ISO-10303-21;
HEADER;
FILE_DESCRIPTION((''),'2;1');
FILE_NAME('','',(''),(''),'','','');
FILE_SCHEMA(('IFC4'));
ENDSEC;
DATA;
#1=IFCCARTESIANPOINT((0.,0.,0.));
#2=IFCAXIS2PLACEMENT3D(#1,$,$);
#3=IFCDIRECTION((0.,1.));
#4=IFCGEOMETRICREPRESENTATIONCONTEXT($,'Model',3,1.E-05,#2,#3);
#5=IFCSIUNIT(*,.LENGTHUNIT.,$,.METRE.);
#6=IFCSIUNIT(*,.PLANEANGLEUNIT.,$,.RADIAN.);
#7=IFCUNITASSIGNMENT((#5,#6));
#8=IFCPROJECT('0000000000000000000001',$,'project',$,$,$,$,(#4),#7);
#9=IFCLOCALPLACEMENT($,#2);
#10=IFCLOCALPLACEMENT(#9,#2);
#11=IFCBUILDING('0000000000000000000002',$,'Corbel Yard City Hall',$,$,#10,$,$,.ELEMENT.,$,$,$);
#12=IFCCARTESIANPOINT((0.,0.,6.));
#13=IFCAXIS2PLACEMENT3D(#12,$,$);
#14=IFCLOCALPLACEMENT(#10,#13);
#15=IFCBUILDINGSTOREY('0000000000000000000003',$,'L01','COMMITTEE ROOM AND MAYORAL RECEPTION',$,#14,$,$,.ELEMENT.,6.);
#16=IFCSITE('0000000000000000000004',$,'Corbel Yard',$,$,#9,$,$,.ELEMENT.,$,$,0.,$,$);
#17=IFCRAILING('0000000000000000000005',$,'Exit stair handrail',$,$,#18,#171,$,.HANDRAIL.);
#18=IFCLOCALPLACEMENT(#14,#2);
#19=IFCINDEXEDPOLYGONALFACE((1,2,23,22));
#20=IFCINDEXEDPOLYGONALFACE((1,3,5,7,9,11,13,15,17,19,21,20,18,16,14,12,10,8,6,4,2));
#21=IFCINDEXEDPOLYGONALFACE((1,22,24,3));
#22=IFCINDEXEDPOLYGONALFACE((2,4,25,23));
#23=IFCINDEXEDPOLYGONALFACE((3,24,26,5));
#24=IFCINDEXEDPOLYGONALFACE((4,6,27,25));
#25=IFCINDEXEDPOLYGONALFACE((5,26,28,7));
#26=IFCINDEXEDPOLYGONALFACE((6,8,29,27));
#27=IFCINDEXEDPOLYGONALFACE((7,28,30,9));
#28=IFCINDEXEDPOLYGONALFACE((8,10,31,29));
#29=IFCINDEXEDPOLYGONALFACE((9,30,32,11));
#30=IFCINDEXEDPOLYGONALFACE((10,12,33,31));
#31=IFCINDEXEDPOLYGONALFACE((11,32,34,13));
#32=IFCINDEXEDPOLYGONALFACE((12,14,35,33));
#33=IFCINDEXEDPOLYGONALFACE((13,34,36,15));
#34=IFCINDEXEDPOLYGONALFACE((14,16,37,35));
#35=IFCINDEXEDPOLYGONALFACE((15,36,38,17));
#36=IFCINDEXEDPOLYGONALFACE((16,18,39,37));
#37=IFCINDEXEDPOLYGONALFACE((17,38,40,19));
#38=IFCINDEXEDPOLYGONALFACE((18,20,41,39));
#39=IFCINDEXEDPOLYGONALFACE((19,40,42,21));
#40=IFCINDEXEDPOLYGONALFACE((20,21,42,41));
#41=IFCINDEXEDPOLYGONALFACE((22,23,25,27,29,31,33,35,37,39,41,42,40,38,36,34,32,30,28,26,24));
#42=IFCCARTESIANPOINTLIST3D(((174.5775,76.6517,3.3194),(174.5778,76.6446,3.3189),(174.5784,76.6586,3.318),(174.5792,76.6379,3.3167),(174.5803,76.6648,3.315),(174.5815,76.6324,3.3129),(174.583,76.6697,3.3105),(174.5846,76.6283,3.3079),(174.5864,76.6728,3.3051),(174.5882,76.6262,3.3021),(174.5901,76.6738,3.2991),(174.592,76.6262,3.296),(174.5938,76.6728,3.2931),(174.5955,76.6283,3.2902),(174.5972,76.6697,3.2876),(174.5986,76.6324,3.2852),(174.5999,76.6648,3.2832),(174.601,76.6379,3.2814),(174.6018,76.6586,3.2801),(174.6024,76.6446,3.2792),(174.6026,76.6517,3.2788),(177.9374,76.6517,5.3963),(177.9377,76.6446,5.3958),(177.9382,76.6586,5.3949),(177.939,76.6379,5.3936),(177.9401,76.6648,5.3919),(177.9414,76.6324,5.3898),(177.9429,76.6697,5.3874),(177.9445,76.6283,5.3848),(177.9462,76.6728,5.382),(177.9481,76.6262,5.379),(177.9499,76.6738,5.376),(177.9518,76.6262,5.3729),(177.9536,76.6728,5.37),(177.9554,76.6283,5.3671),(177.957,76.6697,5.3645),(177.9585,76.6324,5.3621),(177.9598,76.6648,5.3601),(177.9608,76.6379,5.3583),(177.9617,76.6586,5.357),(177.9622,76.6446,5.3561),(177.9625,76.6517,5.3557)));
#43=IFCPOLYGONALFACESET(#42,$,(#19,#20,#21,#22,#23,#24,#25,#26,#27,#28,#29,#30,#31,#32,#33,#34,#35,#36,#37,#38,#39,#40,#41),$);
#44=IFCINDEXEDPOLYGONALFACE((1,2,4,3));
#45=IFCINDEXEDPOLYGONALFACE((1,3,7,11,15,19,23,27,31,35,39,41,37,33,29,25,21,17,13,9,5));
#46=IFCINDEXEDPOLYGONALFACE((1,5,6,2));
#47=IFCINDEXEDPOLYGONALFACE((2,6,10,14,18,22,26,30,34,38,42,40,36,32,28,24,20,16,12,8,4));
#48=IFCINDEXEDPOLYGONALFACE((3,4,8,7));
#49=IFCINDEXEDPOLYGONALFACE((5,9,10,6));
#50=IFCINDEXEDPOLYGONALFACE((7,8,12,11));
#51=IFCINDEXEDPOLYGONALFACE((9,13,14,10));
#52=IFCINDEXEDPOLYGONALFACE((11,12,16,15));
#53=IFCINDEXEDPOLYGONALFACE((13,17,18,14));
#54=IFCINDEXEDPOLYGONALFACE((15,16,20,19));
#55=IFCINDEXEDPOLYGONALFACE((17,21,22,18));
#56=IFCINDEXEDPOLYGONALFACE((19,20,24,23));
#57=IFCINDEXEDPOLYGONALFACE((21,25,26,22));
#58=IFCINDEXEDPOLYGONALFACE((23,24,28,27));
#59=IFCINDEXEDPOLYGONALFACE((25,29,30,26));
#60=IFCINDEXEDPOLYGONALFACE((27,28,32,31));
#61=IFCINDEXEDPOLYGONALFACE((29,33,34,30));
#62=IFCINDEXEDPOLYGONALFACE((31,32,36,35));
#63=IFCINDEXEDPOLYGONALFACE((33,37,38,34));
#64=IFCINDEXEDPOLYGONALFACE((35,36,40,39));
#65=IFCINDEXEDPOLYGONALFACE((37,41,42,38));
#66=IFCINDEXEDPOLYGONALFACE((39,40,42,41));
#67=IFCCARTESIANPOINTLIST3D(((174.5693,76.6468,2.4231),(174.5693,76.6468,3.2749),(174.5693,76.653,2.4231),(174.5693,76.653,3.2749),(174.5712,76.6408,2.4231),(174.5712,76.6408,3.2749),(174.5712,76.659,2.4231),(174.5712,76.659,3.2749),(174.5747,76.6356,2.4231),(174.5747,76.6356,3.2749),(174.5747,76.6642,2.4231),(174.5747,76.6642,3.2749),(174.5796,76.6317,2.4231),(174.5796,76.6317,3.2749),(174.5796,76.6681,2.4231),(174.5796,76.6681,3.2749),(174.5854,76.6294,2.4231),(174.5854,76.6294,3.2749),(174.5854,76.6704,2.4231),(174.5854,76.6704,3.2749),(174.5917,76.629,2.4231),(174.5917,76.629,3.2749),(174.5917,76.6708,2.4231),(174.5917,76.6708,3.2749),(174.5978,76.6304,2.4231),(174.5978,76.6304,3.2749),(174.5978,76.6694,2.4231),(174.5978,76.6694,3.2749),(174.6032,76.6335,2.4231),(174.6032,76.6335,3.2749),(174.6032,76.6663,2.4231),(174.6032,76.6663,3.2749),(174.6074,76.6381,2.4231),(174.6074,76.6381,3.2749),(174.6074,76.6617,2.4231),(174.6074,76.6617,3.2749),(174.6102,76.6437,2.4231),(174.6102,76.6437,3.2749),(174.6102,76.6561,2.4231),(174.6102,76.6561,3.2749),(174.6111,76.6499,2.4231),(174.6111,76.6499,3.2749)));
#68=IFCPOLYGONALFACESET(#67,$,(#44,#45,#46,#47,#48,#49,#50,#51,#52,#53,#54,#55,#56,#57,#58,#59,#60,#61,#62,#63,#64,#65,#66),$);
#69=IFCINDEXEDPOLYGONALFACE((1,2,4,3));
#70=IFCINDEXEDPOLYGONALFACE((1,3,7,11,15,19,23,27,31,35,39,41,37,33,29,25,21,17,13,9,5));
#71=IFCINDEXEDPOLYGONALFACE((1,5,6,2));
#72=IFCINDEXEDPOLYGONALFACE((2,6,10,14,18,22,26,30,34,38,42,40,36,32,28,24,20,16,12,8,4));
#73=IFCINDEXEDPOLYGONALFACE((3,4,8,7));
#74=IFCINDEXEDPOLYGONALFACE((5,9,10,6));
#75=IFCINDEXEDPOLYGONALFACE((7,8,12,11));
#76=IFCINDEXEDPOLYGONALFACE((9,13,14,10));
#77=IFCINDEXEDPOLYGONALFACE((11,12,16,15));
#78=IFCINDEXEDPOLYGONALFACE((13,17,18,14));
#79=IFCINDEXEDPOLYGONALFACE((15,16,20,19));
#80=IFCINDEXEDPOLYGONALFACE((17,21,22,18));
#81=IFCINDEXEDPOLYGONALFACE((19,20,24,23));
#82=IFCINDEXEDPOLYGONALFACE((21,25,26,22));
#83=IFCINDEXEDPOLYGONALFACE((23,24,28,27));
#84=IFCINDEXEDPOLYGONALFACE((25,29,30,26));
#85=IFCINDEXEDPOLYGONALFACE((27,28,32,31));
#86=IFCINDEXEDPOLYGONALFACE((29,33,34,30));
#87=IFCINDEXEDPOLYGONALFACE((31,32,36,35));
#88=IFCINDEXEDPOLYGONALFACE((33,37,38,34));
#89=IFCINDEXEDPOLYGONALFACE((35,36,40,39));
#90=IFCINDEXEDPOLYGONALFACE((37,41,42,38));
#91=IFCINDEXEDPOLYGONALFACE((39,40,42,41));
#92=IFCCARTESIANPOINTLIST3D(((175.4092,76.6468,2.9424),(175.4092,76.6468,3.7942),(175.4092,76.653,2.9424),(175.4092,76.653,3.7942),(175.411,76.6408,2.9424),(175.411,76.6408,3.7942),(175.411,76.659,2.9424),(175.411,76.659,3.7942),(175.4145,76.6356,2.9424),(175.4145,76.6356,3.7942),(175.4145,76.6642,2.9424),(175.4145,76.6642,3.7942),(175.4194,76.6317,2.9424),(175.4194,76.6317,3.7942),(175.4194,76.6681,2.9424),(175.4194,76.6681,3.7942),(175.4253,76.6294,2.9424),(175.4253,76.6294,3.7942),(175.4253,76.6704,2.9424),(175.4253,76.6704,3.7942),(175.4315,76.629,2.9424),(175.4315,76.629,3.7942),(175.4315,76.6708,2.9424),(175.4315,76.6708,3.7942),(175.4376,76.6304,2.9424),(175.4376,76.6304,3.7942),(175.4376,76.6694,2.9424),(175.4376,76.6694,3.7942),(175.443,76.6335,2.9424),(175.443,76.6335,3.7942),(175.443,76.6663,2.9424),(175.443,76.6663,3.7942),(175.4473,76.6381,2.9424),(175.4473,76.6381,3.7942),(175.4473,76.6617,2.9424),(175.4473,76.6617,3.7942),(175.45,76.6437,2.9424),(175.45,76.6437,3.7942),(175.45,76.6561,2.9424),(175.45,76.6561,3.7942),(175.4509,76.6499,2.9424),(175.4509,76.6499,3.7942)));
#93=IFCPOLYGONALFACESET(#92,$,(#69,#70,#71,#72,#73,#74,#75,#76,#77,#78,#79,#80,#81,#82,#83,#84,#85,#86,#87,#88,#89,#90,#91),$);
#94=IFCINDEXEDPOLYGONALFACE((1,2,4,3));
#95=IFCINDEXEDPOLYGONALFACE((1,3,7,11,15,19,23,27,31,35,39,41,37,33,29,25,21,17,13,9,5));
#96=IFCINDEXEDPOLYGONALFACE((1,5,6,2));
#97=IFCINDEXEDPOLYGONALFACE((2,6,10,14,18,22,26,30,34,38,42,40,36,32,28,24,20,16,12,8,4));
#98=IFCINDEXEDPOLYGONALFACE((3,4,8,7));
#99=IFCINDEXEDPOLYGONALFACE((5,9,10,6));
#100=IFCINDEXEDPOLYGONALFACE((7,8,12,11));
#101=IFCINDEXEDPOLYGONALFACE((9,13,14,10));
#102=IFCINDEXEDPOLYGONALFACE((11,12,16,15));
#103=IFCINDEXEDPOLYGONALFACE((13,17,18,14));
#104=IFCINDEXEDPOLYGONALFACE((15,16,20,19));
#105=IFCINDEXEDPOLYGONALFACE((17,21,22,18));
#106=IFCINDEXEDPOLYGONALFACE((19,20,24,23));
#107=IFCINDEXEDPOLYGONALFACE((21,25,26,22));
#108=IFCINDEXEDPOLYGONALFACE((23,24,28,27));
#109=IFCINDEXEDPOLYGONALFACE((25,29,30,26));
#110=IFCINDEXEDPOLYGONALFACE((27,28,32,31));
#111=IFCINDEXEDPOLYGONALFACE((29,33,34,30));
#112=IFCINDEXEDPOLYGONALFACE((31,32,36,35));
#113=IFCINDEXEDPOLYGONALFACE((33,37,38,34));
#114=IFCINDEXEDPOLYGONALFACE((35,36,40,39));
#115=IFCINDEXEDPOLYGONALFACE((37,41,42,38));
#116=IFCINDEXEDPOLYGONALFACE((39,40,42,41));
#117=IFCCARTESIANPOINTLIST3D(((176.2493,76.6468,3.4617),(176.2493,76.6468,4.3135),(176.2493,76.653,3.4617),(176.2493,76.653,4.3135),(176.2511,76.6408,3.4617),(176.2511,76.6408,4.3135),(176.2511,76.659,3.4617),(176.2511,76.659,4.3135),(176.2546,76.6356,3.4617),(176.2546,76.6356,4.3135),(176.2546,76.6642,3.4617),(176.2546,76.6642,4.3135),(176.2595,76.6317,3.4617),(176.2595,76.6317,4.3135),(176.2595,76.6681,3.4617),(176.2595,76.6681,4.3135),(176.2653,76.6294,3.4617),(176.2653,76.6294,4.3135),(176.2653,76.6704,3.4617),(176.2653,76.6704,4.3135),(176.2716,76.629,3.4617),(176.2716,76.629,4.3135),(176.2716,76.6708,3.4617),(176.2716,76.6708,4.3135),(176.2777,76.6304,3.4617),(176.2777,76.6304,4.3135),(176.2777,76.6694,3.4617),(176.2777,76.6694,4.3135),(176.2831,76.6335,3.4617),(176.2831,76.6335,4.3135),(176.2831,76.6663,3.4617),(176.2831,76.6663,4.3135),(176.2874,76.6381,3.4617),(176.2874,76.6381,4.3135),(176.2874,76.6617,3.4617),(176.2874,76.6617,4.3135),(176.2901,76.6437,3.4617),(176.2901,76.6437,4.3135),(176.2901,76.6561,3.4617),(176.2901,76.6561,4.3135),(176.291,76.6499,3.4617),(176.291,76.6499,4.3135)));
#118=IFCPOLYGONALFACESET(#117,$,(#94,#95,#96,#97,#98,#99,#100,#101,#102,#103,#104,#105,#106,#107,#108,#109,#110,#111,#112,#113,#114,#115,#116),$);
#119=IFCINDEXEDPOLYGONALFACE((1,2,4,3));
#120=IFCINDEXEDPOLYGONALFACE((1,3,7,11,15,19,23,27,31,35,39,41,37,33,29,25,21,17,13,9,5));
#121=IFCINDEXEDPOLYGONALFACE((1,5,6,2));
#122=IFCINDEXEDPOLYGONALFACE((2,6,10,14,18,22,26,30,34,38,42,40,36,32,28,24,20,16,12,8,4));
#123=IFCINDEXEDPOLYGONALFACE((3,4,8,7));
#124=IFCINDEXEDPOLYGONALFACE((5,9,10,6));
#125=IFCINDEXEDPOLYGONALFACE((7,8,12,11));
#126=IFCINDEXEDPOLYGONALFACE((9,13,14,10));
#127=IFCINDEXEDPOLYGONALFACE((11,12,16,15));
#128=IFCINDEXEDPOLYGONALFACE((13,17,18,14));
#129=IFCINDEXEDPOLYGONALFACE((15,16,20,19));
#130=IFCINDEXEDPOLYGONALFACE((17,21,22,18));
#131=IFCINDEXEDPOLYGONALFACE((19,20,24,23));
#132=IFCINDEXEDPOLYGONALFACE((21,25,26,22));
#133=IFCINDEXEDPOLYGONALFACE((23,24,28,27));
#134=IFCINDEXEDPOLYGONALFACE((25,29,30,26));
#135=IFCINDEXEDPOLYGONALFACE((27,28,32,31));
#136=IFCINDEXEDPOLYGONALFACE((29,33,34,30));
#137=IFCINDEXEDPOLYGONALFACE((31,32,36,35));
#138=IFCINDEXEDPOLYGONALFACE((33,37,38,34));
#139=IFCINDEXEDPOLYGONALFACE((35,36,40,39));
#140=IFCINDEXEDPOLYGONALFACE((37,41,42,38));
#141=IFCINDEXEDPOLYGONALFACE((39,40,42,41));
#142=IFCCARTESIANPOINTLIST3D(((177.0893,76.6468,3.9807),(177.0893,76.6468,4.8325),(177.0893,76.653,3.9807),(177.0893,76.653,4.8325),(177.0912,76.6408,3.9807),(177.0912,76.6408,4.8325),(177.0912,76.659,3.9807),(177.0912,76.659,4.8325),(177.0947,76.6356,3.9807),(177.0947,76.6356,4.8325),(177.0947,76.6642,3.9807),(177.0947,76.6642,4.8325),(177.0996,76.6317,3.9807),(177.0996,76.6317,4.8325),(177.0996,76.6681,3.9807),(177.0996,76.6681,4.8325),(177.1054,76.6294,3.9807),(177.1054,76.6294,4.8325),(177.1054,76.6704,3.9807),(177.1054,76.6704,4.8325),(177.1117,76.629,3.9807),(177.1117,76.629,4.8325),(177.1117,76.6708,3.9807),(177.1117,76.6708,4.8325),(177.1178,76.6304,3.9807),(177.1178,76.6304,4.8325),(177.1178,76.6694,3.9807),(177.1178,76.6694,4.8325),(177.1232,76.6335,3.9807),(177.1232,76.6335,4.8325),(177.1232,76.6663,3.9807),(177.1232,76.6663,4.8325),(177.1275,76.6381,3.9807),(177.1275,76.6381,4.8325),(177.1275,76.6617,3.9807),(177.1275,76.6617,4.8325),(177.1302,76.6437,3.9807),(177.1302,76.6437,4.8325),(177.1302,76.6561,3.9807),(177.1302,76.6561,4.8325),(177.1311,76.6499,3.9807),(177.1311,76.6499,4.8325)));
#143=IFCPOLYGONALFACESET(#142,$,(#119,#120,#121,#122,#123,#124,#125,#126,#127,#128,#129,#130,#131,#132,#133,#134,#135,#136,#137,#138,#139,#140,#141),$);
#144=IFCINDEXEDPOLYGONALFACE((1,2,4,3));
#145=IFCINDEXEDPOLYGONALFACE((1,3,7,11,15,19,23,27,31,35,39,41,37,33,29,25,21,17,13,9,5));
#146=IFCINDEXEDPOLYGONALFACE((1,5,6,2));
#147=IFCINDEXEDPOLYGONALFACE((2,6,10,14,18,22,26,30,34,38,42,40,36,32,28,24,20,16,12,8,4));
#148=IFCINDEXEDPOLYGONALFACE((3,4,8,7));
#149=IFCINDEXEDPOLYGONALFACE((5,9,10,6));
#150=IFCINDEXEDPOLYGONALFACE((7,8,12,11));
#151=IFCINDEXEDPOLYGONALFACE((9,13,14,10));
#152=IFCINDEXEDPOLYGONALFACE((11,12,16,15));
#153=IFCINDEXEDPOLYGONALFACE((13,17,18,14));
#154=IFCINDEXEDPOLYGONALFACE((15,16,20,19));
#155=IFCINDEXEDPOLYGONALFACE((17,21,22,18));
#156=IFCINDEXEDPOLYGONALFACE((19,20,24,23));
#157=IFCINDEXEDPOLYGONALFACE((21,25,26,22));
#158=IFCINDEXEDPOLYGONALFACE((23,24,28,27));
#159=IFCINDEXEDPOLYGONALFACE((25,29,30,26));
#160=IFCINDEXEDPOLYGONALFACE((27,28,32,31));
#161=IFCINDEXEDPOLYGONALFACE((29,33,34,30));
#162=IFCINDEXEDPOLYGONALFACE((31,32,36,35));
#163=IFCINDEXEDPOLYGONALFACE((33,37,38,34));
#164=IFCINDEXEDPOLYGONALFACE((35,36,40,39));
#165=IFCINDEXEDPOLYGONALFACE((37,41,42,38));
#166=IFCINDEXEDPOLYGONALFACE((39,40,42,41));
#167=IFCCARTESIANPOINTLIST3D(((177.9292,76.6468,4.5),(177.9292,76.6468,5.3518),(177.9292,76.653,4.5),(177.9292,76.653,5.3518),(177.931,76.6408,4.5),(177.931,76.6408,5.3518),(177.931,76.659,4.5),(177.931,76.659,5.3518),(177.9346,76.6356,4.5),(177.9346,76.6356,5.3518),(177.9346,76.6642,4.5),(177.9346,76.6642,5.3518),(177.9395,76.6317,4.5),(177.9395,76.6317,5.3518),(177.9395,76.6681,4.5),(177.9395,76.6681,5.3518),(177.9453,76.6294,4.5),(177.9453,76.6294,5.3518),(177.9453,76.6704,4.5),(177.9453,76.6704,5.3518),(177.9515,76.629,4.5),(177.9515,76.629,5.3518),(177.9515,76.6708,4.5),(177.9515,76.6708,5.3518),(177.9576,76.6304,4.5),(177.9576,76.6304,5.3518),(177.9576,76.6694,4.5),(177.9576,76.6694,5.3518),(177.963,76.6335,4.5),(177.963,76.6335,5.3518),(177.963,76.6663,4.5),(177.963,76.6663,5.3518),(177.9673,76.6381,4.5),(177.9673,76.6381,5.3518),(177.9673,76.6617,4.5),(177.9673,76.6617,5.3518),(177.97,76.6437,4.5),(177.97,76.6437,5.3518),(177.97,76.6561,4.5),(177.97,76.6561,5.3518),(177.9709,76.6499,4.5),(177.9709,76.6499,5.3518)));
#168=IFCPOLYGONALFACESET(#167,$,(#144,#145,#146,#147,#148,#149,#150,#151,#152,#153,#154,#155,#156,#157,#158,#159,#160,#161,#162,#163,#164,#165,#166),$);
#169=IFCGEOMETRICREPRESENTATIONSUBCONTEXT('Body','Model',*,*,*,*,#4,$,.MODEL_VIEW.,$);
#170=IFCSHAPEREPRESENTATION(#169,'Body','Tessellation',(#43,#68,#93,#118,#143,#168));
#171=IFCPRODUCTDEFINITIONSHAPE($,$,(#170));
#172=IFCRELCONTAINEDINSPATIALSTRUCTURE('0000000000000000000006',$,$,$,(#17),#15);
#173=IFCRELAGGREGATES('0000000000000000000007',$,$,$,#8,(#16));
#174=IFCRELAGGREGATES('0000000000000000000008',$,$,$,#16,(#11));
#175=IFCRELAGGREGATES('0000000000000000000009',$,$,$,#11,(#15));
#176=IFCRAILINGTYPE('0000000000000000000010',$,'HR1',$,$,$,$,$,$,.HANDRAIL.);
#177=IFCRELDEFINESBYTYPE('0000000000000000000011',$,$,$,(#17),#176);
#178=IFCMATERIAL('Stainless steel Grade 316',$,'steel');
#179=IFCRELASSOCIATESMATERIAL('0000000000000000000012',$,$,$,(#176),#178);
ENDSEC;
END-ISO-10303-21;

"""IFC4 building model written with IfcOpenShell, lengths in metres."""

from ifc_helpers import new_model, si_unit, direction, frame, origin, origin_2d, place, context, subcontext, project, spatial, circle, extrude, material, type_object, element, save


model = new_model("IFC4")

# Units and contexts
model_context = context("Model", 3, precision=1e-05, world=origin(), true_north=direction((0.0, 1.0)))
body_context = subcontext(model_context, "Body", "Model", "MODEL_VIEW")
ifc_project = project(units=[si_unit("LENGTHUNIT", "METRE"), si_unit("PLANEANGLEUNIT", "RADIAN")], contexts=[model_context])

# Site, building, storey
site_placement = place(None, origin())
site = spatial("IfcSite", under=ifc_project, at=site_placement, Name="Corbel Yard", CompositionType="ELEMENT", RefElevation=0.0)
building_placement = place(site_placement, origin())
building = spatial("IfcBuilding", under=site, at=building_placement, Name="Corbel Yard City Hall", CompositionType="ELEMENT")
storey_placement = place(building_placement, frame((0.0, 0.0, 6.0)))
storey = spatial("IfcBuildingStorey", under=building, at=storey_placement, Name="L01", Description="COMMITTEE ROOM AND MAYORAL RECEPTION", CompositionType="ELEMENT", Elevation=6.0)

# Shared definitions
ifc_material_1 = material(Name="Stainless steel Grade 316", Category="steel")

# Railing
railing_type_1 = type_object("IfcRailingType", Name="HR1", PredefinedType="HANDRAIL", material=ifc_material_1)
for number, where, name in (
    (1, (174.5901, 76.6499, 2.4231), "Exit stair handrail"),
):
    element("IfcRailing", number, at=place(storey_placement, frame(where)), inside=storey, type_object=railing_type_1, Name=name, PredefinedType="HANDRAIL", context=body_context, shape_type="SweptSolid", body=[
        extrude(circle(Radius=0.0239, at=origin_2d()), frame((0.0, 0.0, 0.876), z_axis=(0.850606, 0.0, 0.525803), x_axis=(0.0, 1.0, 0.0)), (0.0, 0.0, 1.0), 3.95),
        extrude(circle(Radius=0.021, at=origin_2d()), origin(), (0.0, 0.0, 1.0), 0.8518),
        extrude(circle(Radius=0.021, at=origin_2d()), frame((0.8398, 0.0, 0.5193)), (0.0, 0.0, 1.0), 0.8518),
        extrude(circle(Radius=0.021, at=origin_2d()), frame((1.6799, 0.0, 1.0386)), (0.0, 0.0, 1.0), 0.8518),
        extrude(circle(Radius=0.021, at=origin_2d()), frame((2.52, 0.0, 1.5576)), (0.0, 0.0, 1.0), 0.8518),
        extrude(circle(Radius=0.021, at=origin_2d()), frame((3.3599, 0.0, 2.0769)), (0.0, 0.0, 1.0), 0.8518),
    ])

save(model, "model.ifc")
